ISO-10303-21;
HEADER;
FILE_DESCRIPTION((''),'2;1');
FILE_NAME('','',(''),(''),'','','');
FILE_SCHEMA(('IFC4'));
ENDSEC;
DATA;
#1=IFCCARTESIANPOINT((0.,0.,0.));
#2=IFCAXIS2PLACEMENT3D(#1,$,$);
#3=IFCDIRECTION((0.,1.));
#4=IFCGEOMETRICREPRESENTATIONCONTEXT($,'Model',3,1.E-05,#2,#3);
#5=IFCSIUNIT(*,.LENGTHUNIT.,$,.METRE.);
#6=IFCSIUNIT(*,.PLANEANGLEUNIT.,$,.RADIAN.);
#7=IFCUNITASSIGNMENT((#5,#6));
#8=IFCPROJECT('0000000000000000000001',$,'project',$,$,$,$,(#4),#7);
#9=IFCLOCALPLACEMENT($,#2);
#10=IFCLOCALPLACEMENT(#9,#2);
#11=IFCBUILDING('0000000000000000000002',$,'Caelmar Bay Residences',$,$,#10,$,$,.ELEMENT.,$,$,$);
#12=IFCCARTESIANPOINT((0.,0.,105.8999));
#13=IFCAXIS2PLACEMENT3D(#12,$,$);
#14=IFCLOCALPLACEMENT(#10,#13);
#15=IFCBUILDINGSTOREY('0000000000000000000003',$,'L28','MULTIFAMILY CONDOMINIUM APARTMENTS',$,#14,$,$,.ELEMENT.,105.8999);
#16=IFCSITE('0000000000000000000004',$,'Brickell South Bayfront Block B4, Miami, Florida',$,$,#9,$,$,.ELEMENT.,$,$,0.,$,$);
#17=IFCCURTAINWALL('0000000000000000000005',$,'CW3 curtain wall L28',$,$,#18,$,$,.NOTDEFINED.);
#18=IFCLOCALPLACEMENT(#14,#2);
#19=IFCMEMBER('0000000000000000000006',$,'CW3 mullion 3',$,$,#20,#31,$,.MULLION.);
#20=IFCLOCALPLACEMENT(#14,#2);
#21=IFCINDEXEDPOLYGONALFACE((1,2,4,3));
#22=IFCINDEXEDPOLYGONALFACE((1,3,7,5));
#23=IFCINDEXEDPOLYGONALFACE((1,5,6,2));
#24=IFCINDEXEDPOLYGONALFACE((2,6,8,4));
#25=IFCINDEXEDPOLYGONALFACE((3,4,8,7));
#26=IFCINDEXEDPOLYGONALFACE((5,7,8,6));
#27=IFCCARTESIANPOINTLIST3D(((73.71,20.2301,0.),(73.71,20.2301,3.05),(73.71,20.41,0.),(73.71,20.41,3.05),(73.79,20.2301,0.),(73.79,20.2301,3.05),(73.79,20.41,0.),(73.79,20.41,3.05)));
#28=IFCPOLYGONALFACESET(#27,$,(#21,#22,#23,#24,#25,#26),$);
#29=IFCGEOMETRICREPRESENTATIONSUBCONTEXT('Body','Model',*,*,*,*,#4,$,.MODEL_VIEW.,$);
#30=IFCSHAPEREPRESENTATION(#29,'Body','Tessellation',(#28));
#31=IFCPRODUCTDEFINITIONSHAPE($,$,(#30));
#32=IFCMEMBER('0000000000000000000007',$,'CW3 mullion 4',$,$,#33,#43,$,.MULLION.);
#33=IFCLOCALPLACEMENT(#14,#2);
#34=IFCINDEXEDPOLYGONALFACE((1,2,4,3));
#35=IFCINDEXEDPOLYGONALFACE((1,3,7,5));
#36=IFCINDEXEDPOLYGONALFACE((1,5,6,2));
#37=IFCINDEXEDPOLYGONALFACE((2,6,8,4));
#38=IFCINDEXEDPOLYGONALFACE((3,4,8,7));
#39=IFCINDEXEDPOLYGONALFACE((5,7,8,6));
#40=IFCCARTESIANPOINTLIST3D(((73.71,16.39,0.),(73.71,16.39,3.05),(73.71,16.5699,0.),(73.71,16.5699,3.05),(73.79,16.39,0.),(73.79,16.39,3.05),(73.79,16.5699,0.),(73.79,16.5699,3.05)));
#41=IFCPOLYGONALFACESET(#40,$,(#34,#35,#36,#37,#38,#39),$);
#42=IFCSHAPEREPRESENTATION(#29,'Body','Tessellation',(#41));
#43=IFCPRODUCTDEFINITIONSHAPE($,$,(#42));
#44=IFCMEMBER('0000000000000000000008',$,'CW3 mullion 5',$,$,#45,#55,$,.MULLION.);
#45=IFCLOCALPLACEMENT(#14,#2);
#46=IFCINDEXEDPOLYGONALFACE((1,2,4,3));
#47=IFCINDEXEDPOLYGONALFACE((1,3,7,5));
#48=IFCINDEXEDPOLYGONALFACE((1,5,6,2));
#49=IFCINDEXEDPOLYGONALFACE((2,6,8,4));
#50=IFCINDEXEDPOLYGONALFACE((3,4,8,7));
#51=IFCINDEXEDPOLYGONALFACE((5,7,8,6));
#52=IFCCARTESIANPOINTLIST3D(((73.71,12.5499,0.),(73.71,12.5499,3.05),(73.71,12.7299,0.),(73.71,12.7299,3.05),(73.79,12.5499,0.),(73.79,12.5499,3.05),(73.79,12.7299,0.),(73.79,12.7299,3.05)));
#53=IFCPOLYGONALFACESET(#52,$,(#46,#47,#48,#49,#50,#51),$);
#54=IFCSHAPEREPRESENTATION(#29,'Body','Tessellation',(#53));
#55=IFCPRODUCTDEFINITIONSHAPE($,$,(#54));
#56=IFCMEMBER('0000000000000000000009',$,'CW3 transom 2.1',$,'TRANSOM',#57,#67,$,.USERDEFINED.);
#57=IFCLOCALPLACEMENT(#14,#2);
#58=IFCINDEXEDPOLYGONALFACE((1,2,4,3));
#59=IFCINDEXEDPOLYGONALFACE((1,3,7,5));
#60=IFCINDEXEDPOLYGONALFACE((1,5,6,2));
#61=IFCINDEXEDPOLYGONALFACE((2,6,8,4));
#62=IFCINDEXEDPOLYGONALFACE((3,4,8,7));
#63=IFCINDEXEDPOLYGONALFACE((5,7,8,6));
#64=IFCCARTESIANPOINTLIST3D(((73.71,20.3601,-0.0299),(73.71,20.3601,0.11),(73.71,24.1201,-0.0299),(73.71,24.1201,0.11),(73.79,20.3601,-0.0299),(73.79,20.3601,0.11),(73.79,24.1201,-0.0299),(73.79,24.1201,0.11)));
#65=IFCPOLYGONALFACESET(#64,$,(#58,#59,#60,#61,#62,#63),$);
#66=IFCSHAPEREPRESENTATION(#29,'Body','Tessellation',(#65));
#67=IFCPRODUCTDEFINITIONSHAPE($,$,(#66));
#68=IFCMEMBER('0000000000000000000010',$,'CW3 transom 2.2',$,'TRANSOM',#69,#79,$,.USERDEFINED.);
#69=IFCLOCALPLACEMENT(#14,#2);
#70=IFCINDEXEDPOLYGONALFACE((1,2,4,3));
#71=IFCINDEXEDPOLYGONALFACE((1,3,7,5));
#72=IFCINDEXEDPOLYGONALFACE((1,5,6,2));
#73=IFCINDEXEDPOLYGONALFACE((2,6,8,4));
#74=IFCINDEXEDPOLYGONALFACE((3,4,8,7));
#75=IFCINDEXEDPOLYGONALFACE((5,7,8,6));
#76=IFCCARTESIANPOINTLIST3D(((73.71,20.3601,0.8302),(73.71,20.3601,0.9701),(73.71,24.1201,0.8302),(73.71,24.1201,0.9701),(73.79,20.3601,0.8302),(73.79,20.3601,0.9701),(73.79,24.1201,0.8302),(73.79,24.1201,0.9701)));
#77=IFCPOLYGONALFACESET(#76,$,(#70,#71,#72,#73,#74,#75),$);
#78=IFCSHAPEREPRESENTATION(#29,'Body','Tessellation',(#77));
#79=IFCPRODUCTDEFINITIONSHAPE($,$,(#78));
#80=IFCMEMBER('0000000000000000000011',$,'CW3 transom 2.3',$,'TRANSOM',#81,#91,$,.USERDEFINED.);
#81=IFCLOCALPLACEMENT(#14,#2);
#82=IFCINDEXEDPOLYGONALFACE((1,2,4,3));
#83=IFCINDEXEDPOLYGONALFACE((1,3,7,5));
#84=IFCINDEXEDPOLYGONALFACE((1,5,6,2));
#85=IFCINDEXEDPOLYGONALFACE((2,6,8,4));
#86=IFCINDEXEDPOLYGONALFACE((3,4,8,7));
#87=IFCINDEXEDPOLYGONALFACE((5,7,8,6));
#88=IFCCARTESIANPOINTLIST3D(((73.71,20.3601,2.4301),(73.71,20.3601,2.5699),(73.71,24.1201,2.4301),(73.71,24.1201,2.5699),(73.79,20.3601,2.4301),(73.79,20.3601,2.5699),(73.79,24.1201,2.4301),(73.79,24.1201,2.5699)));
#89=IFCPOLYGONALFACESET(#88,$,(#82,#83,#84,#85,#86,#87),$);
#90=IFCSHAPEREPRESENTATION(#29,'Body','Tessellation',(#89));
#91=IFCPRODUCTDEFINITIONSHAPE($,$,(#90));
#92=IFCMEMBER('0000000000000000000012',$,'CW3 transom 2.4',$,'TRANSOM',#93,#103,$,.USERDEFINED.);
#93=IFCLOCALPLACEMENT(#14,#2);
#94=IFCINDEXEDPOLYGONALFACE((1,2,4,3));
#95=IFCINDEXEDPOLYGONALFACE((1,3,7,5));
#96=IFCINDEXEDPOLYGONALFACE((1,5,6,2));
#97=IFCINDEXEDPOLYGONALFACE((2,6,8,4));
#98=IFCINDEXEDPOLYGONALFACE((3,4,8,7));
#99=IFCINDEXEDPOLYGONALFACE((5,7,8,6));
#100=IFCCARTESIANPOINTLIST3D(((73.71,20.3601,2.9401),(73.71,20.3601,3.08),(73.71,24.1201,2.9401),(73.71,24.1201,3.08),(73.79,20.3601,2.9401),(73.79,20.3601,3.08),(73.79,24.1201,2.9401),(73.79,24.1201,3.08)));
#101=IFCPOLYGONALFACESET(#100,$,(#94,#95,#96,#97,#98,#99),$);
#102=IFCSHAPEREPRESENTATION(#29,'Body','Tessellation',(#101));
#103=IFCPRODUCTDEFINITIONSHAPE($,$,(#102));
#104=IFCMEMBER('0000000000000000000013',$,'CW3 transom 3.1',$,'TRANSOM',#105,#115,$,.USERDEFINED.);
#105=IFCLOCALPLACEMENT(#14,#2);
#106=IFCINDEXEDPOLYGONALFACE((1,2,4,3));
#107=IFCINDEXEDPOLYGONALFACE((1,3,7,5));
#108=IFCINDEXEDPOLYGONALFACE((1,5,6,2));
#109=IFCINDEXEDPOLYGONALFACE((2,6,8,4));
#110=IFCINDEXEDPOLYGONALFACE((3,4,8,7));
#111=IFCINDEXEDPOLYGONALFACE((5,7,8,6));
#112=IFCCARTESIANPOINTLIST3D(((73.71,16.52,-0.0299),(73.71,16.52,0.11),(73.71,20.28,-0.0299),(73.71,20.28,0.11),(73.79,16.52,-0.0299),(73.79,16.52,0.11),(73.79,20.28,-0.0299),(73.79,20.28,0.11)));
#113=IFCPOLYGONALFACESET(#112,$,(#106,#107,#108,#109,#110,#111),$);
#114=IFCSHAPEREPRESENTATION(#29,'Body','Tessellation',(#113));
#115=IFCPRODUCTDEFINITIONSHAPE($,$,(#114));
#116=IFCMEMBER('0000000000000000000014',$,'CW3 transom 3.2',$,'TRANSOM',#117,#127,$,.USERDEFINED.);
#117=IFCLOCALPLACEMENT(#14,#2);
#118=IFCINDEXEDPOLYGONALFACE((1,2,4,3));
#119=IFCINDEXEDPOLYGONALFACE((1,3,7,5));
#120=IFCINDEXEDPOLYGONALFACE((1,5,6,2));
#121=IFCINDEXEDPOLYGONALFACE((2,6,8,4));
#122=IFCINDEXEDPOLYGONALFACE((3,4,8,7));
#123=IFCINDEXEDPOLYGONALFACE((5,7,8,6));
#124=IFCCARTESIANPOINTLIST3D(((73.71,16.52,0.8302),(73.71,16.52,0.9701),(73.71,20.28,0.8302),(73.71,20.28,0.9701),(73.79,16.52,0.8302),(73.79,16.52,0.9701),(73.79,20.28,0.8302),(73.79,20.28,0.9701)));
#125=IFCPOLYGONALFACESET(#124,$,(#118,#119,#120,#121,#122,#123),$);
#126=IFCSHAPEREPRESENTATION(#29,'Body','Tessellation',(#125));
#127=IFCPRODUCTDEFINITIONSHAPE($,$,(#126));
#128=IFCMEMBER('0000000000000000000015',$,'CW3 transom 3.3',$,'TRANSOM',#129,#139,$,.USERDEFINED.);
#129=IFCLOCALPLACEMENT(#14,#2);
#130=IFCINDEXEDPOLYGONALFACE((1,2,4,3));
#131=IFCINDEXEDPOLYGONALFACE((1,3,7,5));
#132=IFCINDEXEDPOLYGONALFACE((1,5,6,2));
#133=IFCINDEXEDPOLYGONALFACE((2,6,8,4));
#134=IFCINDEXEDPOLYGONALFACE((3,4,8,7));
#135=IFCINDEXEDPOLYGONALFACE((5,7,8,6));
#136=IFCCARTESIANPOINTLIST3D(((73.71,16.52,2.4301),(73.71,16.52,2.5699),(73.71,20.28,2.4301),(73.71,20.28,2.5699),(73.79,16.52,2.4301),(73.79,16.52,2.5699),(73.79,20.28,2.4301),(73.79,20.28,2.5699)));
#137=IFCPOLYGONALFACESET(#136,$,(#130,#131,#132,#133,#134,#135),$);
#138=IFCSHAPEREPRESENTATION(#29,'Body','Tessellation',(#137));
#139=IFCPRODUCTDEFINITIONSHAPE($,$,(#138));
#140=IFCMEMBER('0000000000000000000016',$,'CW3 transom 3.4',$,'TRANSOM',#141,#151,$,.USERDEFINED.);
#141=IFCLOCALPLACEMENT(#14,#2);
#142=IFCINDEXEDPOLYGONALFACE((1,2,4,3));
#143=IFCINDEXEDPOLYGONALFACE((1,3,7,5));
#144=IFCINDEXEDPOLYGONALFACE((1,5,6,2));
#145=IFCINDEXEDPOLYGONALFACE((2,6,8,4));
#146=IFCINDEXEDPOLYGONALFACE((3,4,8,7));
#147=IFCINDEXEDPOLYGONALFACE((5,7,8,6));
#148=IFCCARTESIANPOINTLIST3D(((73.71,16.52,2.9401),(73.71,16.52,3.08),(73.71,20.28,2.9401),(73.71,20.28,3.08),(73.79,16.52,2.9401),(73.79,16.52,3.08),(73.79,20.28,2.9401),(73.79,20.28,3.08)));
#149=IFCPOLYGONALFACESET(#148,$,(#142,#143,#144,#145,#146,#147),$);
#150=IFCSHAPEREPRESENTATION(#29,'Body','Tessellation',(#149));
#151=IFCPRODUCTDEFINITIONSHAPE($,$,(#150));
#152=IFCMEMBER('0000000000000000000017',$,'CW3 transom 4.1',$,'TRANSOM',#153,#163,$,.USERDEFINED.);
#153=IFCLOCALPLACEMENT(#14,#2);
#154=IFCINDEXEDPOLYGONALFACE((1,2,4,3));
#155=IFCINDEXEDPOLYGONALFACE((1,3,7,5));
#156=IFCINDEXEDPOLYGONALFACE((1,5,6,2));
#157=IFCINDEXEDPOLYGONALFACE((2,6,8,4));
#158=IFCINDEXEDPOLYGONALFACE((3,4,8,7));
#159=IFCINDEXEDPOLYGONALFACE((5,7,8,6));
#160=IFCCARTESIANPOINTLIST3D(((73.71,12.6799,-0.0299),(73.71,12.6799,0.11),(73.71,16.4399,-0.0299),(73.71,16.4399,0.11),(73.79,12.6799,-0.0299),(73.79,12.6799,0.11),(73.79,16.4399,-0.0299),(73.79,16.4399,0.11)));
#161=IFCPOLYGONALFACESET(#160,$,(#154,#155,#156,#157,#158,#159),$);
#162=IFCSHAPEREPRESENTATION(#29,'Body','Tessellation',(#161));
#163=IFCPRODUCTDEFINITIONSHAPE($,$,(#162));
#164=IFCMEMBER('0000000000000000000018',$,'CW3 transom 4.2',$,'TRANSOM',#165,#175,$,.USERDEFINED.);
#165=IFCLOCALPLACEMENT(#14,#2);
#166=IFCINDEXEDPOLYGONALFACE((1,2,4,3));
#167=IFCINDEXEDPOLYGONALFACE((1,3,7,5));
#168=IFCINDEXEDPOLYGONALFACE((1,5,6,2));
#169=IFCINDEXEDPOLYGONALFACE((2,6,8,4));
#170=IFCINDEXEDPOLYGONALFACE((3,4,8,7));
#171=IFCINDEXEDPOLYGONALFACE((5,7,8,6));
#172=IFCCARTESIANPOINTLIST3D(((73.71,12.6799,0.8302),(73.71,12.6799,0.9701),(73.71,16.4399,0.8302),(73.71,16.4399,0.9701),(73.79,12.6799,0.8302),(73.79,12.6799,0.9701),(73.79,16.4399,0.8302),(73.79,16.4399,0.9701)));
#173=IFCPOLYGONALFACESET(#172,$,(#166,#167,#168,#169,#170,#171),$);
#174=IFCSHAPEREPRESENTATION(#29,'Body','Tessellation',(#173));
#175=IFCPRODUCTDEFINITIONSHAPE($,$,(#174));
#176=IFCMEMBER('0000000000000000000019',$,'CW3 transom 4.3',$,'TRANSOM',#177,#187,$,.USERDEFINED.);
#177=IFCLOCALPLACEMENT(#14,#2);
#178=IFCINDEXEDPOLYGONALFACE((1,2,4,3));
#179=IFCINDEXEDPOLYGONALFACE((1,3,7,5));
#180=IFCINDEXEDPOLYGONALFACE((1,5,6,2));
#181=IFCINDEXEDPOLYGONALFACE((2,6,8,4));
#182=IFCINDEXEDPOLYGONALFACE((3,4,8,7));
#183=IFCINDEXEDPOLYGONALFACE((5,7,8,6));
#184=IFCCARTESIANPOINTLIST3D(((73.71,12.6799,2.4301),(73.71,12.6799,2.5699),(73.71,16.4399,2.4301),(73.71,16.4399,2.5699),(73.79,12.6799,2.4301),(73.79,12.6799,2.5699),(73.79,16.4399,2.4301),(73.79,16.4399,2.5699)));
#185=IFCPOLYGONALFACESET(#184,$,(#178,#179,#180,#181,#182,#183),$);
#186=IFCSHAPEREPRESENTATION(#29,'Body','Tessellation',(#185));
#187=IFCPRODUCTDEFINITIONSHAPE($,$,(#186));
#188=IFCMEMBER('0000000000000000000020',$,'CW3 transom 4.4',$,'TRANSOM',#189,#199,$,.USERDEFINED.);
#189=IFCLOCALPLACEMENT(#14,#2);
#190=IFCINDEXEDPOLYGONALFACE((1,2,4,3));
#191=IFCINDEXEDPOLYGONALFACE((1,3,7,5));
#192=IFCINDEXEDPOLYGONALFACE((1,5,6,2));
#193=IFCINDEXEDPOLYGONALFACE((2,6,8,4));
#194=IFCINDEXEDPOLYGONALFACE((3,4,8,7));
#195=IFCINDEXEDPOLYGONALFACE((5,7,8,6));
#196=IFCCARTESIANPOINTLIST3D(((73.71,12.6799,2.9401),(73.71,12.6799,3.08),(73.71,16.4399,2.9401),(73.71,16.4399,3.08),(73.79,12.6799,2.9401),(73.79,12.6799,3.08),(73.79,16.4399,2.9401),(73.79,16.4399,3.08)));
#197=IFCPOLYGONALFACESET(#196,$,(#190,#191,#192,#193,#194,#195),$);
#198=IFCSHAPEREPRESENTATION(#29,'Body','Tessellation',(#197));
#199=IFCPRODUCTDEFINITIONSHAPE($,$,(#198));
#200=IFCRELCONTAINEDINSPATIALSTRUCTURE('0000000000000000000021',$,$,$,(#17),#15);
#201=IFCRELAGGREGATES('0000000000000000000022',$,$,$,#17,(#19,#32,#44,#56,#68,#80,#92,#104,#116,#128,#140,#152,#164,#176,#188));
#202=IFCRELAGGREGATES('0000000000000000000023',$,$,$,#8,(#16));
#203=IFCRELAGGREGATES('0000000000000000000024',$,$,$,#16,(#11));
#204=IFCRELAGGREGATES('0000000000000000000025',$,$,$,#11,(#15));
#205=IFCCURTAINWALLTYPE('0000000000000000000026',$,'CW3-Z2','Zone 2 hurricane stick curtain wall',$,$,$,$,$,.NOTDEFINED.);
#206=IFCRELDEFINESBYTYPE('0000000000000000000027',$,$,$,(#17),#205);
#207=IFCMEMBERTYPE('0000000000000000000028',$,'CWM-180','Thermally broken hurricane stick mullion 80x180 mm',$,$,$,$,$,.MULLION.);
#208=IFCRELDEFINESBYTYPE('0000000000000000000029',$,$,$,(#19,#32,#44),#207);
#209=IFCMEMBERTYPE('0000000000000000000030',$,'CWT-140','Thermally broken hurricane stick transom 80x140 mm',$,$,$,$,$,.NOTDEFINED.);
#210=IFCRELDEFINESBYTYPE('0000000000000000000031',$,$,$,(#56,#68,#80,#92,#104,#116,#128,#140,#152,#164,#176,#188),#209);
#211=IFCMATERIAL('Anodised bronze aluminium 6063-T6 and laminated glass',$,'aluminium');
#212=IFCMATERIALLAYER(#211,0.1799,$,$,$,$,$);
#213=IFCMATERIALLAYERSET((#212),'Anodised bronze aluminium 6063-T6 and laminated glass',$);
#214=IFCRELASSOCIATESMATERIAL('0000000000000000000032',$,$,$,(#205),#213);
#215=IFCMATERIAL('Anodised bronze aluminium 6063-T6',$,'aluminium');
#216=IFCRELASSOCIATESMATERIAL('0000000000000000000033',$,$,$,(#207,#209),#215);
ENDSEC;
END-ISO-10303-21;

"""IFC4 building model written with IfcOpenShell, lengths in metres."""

from ifc_helpers import new_model, si_unit, direction, frame, origin, origin_2d, place, context, subcontext, project, spatial, rectangle, extrude, material, layer, layer_set, material_profile, profile_set, type_object, element, aggregate, save


model = new_model("IFC4")

# Units and contexts
model_context = context("Model", 3, precision=1e-05, world=origin(), true_north=direction((0.0, 1.0)))
body_context = subcontext(model_context, "Body", "Model", "MODEL_VIEW")
ifc_project = project(units=[si_unit("LENGTHUNIT", "METRE"), si_unit("PLANEANGLEUNIT", "RADIAN")], contexts=[model_context])

# Site, building, storey
site_placement = place(None, origin())
site = spatial("IfcSite", under=ifc_project, at=site_placement, Name="Brickell South Bayfront Block B4, Miami, Florida", CompositionType="ELEMENT", RefElevation=0.0)
building_placement = place(site_placement, origin())
building = spatial("IfcBuilding", under=site, at=building_placement, Name="Caelmar Bay Residences", CompositionType="ELEMENT")
storey_placement = place(building_placement, frame((0.0, 0.0, 105.8999)))
storey = spatial("IfcBuildingStorey", under=building, at=storey_placement, Name="L28", Description="MULTIFAMILY CONDOMINIUM APARTMENTS", CompositionType="ELEMENT", Elevation=105.8999)

# Curtain wall, members
ifc_material_1 = material(Name="Anodised bronze aluminium 6063-T6 and laminated glass", Category="aluminium")
ifc_layer_1 = layer(ifc_material_1, 0.1799)
ifc_layer_set_1 = layer_set([ifc_layer_1], Name="Anodised bronze aluminium 6063-T6 and laminated glass")
curtain_wall_type = type_object("IfcCurtainWallType", Name="CW3-Z2", Description="Zone 2 hurricane stick curtain wall", PredefinedType="NOTDEFINED", material=ifc_layer_set_1)
curtain_wall_placement = place(storey_placement, origin())
curtain_wall = element("IfcCurtainWall", 1, at=curtain_wall_placement, inside=storey, type_object=curtain_wall_type, Name="CW3 curtain wall L28", PredefinedType="NOTDEFINED")
ifc_material_2 = material(Name="Anodised bronze aluminium 6063-T6", Category="aluminium")
ifc_material_profile_1 = material_profile(ifc_material_2, rectangle(XDim=0.0801, YDim=0.1799, at=origin_2d()), Name="CWM-80X180")
ifc_profile_set_1 = profile_set([ifc_material_profile_1], Name="Anodised bronze aluminium 6063-T6")
member_type_1 = type_object("IfcMemberType", Name="CWM-180", Description="Thermally broken hurricane stick mullion 80x180 mm", PredefinedType="MULLION", material=ifc_profile_set_1)
member_1_placement = place(storey_placement, frame((73.75, 20.3201, 0.0), z_axis=(0.0, 0.0, 1.0), x_axis=(1.0, 0.0, 0.0)))
member_1 = element("IfcMember", 2, at=member_1_placement, type_object=member_type_1, Name="CW3 mullion 3", PredefinedType="MULLION", context=body_context, shape_type="SweptSolid", body=[
    extrude(rectangle(XDim=0.0801, YDim=0.1799, at=origin_2d()), origin(), (0.0, 0.0, 1.0), 3.05),
])
member_2_placement = place(storey_placement, frame((73.75, 16.48, 0.0), z_axis=(0.0, 0.0, 1.0), x_axis=(1.0, 0.0, 0.0)))
member_2 = element("IfcMember", 3, at=member_2_placement, type_object=member_type_1, Name="CW3 mullion 4", PredefinedType="MULLION", context=body_context, shape_type="SweptSolid", body=[
    extrude(rectangle(XDim=0.0801, YDim=0.1799, at=origin_2d()), origin(), (0.0, 0.0, 1.0), 3.05),
])
member_3_placement = place(storey_placement, frame((73.75, 12.6399, 0.0), z_axis=(0.0, 0.0, 1.0), x_axis=(1.0, 0.0, 0.0)))
member_3 = element("IfcMember", 4, at=member_3_placement, type_object=member_type_1, Name="CW3 mullion 5", PredefinedType="MULLION", context=body_context, shape_type="SweptSolid", body=[
    extrude(rectangle(XDim=0.0801, YDim=0.1799, at=origin_2d()), origin(), (0.0, 0.0, 1.0), 3.05),
])
ifc_material_profile_2 = material_profile(ifc_material_2, rectangle(XDim=0.0801, YDim=0.1399, at=origin_2d()), Name="CWT-80X140")
ifc_profile_set_2 = profile_set([ifc_material_profile_2], Name="Anodised bronze aluminium 6063-T6")
member_type_2 = type_object("IfcMemberType", Name="CWT-140", Description="Thermally broken hurricane stick transom 80x140 mm", PredefinedType="NOTDEFINED", material=ifc_profile_set_2)
member_4_placement = place(storey_placement, frame((73.75, 24.1201, 0.04), z_axis=(0.0, -1.0, 0.0), x_axis=(1.0, 0.0, 0.0)))
member_4 = element("IfcMember", 5, at=member_4_placement, type_object=member_type_2, Name="CW3 transom 2.1", ObjectType="TRANSOM", PredefinedType="USERDEFINED", context=body_context, shape_type="SweptSolid", body=[
    extrude(rectangle(XDim=0.0801, YDim=0.1399, at=origin_2d()), origin(), (0.0, 0.0, 1.0), 3.76),
])
member_5_placement = place(storey_placement, frame((73.75, 24.1201, 0.9001), z_axis=(0.0, -1.0, 0.0), x_axis=(1.0, 0.0, 0.0)))
member_5 = element("IfcMember", 6, at=member_5_placement, type_object=member_type_2, Name="CW3 transom 2.2", ObjectType="TRANSOM", PredefinedType="USERDEFINED", context=body_context, shape_type="SweptSolid", body=[
    extrude(rectangle(XDim=0.0801, YDim=0.1399, at=origin_2d()), origin(), (0.0, 0.0, 1.0), 3.76),
])
member_6_placement = place(storey_placement, frame((73.75, 24.1201, 2.5), z_axis=(0.0, -1.0, 0.0), x_axis=(1.0, 0.0, 0.0)))
member_6 = element("IfcMember", 7, at=member_6_placement, type_object=member_type_2, Name="CW3 transom 2.3", ObjectType="TRANSOM", PredefinedType="USERDEFINED", context=body_context, shape_type="SweptSolid", body=[
    extrude(rectangle(XDim=0.0801, YDim=0.1399, at=origin_2d()), origin(), (0.0, 0.0, 1.0), 3.76),
])
member_7_placement = place(storey_placement, frame((73.75, 24.1201, 3.01), z_axis=(0.0, -1.0, 0.0), x_axis=(1.0, 0.0, 0.0)))
member_7 = element("IfcMember", 8, at=member_7_placement, type_object=member_type_2, Name="CW3 transom 2.4", ObjectType="TRANSOM", PredefinedType="USERDEFINED", context=body_context, shape_type="SweptSolid", body=[
    extrude(rectangle(XDim=0.0801, YDim=0.1399, at=origin_2d()), origin(), (0.0, 0.0, 1.0), 3.76),
])
member_8_placement = place(storey_placement, frame((73.75, 20.28, 0.04), z_axis=(0.0, -1.0, 0.0), x_axis=(1.0, 0.0, 0.0)))
member_8 = element("IfcMember", 9, at=member_8_placement, type_object=member_type_2, Name="CW3 transom 3.1", ObjectType="TRANSOM", PredefinedType="USERDEFINED", context=body_context, shape_type="SweptSolid", body=[
    extrude(rectangle(XDim=0.0801, YDim=0.1399, at=origin_2d()), origin(), (0.0, 0.0, 1.0), 3.76),
])
member_9_placement = place(storey_placement, frame((73.75, 20.28, 0.9001), z_axis=(0.0, -1.0, 0.0), x_axis=(1.0, 0.0, 0.0)))
member_9 = element("IfcMember", 10, at=member_9_placement, type_object=member_type_2, Name="CW3 transom 3.2", ObjectType="TRANSOM", PredefinedType="USERDEFINED", context=body_context, shape_type="SweptSolid", body=[
    extrude(rectangle(XDim=0.0801, YDim=0.1399, at=origin_2d()), origin(), (0.0, 0.0, 1.0), 3.76),
])
member_10_placement = place(storey_placement, frame((73.75, 20.28, 2.5), z_axis=(0.0, -1.0, 0.0), x_axis=(1.0, 0.0, 0.0)))
member_10 = element("IfcMember", 11, at=member_10_placement, type_object=member_type_2, Name="CW3 transom 3.3", ObjectType="TRANSOM", PredefinedType="USERDEFINED", context=body_context, shape_type="SweptSolid", body=[
    extrude(rectangle(XDim=0.0801, YDim=0.1399, at=origin_2d()), origin(), (0.0, 0.0, 1.0), 3.76),
])
member_11_placement = place(storey_placement, frame((73.75, 20.28, 3.01), z_axis=(0.0, -1.0, 0.0), x_axis=(1.0, 0.0, 0.0)))
member_11 = element("IfcMember", 12, at=member_11_placement, type_object=member_type_2, Name="CW3 transom 3.4", ObjectType="TRANSOM", PredefinedType="USERDEFINED", context=body_context, shape_type="SweptSolid", body=[
    extrude(rectangle(XDim=0.0801, YDim=0.1399, at=origin_2d()), origin(), (0.0, 0.0, 1.0), 3.76),
])
member_12_placement = place(storey_placement, frame((73.75, 16.4399, 0.04), z_axis=(0.0, -1.0, 0.0), x_axis=(1.0, 0.0, 0.0)))
member_12 = element("IfcMember", 13, at=member_12_placement, type_object=member_type_2, Name="CW3 transom 4.1", ObjectType="TRANSOM", PredefinedType="USERDEFINED", context=body_context, shape_type="SweptSolid", body=[
    extrude(rectangle(XDim=0.0801, YDim=0.1399, at=origin_2d()), origin(), (0.0, 0.0, 1.0), 3.76),
])
member_13_placement = place(storey_placement, frame((73.75, 16.4399, 0.9001), z_axis=(0.0, -1.0, 0.0), x_axis=(1.0, 0.0, 0.0)))
member_13 = element("IfcMember", 14, at=member_13_placement, type_object=member_type_2, Name="CW3 transom 4.2", ObjectType="TRANSOM", PredefinedType="USERDEFINED", context=body_context, shape_type="SweptSolid", body=[
    extrude(rectangle(XDim=0.0801, YDim=0.1399, at=origin_2d()), origin(), (0.0, 0.0, 1.0), 3.76),
])
member_14_placement = place(storey_placement, frame((73.75, 16.4399, 2.5), z_axis=(0.0, -1.0, 0.0), x_axis=(1.0, 0.0, 0.0)))
member_14 = element("IfcMember", 15, at=member_14_placement, type_object=member_type_2, Name="CW3 transom 4.3", ObjectType="TRANSOM", PredefinedType="USERDEFINED", context=body_context, shape_type="SweptSolid", body=[
    extrude(rectangle(XDim=0.0801, YDim=0.1399, at=origin_2d()), origin(), (0.0, 0.0, 1.0), 3.76),
])
member_15_placement = place(storey_placement, frame((73.75, 16.4399, 3.01), z_axis=(0.0, -1.0, 0.0), x_axis=(1.0, 0.0, 0.0)))
member_15 = element("IfcMember", 16, at=member_15_placement, type_object=member_type_2, Name="CW3 transom 4.4", ObjectType="TRANSOM", PredefinedType="USERDEFINED", context=body_context, shape_type="SweptSolid", body=[
    extrude(rectangle(XDim=0.0801, YDim=0.1399, at=origin_2d()), origin(), (0.0, 0.0, 1.0), 3.76),
])
aggregate(curtain_wall, [member_1, member_2, member_3, member_4, member_5, member_6, member_7, member_8, member_9, member_10, member_11, member_12, member_13, member_14, member_15])

save(model, "model.ifc")
